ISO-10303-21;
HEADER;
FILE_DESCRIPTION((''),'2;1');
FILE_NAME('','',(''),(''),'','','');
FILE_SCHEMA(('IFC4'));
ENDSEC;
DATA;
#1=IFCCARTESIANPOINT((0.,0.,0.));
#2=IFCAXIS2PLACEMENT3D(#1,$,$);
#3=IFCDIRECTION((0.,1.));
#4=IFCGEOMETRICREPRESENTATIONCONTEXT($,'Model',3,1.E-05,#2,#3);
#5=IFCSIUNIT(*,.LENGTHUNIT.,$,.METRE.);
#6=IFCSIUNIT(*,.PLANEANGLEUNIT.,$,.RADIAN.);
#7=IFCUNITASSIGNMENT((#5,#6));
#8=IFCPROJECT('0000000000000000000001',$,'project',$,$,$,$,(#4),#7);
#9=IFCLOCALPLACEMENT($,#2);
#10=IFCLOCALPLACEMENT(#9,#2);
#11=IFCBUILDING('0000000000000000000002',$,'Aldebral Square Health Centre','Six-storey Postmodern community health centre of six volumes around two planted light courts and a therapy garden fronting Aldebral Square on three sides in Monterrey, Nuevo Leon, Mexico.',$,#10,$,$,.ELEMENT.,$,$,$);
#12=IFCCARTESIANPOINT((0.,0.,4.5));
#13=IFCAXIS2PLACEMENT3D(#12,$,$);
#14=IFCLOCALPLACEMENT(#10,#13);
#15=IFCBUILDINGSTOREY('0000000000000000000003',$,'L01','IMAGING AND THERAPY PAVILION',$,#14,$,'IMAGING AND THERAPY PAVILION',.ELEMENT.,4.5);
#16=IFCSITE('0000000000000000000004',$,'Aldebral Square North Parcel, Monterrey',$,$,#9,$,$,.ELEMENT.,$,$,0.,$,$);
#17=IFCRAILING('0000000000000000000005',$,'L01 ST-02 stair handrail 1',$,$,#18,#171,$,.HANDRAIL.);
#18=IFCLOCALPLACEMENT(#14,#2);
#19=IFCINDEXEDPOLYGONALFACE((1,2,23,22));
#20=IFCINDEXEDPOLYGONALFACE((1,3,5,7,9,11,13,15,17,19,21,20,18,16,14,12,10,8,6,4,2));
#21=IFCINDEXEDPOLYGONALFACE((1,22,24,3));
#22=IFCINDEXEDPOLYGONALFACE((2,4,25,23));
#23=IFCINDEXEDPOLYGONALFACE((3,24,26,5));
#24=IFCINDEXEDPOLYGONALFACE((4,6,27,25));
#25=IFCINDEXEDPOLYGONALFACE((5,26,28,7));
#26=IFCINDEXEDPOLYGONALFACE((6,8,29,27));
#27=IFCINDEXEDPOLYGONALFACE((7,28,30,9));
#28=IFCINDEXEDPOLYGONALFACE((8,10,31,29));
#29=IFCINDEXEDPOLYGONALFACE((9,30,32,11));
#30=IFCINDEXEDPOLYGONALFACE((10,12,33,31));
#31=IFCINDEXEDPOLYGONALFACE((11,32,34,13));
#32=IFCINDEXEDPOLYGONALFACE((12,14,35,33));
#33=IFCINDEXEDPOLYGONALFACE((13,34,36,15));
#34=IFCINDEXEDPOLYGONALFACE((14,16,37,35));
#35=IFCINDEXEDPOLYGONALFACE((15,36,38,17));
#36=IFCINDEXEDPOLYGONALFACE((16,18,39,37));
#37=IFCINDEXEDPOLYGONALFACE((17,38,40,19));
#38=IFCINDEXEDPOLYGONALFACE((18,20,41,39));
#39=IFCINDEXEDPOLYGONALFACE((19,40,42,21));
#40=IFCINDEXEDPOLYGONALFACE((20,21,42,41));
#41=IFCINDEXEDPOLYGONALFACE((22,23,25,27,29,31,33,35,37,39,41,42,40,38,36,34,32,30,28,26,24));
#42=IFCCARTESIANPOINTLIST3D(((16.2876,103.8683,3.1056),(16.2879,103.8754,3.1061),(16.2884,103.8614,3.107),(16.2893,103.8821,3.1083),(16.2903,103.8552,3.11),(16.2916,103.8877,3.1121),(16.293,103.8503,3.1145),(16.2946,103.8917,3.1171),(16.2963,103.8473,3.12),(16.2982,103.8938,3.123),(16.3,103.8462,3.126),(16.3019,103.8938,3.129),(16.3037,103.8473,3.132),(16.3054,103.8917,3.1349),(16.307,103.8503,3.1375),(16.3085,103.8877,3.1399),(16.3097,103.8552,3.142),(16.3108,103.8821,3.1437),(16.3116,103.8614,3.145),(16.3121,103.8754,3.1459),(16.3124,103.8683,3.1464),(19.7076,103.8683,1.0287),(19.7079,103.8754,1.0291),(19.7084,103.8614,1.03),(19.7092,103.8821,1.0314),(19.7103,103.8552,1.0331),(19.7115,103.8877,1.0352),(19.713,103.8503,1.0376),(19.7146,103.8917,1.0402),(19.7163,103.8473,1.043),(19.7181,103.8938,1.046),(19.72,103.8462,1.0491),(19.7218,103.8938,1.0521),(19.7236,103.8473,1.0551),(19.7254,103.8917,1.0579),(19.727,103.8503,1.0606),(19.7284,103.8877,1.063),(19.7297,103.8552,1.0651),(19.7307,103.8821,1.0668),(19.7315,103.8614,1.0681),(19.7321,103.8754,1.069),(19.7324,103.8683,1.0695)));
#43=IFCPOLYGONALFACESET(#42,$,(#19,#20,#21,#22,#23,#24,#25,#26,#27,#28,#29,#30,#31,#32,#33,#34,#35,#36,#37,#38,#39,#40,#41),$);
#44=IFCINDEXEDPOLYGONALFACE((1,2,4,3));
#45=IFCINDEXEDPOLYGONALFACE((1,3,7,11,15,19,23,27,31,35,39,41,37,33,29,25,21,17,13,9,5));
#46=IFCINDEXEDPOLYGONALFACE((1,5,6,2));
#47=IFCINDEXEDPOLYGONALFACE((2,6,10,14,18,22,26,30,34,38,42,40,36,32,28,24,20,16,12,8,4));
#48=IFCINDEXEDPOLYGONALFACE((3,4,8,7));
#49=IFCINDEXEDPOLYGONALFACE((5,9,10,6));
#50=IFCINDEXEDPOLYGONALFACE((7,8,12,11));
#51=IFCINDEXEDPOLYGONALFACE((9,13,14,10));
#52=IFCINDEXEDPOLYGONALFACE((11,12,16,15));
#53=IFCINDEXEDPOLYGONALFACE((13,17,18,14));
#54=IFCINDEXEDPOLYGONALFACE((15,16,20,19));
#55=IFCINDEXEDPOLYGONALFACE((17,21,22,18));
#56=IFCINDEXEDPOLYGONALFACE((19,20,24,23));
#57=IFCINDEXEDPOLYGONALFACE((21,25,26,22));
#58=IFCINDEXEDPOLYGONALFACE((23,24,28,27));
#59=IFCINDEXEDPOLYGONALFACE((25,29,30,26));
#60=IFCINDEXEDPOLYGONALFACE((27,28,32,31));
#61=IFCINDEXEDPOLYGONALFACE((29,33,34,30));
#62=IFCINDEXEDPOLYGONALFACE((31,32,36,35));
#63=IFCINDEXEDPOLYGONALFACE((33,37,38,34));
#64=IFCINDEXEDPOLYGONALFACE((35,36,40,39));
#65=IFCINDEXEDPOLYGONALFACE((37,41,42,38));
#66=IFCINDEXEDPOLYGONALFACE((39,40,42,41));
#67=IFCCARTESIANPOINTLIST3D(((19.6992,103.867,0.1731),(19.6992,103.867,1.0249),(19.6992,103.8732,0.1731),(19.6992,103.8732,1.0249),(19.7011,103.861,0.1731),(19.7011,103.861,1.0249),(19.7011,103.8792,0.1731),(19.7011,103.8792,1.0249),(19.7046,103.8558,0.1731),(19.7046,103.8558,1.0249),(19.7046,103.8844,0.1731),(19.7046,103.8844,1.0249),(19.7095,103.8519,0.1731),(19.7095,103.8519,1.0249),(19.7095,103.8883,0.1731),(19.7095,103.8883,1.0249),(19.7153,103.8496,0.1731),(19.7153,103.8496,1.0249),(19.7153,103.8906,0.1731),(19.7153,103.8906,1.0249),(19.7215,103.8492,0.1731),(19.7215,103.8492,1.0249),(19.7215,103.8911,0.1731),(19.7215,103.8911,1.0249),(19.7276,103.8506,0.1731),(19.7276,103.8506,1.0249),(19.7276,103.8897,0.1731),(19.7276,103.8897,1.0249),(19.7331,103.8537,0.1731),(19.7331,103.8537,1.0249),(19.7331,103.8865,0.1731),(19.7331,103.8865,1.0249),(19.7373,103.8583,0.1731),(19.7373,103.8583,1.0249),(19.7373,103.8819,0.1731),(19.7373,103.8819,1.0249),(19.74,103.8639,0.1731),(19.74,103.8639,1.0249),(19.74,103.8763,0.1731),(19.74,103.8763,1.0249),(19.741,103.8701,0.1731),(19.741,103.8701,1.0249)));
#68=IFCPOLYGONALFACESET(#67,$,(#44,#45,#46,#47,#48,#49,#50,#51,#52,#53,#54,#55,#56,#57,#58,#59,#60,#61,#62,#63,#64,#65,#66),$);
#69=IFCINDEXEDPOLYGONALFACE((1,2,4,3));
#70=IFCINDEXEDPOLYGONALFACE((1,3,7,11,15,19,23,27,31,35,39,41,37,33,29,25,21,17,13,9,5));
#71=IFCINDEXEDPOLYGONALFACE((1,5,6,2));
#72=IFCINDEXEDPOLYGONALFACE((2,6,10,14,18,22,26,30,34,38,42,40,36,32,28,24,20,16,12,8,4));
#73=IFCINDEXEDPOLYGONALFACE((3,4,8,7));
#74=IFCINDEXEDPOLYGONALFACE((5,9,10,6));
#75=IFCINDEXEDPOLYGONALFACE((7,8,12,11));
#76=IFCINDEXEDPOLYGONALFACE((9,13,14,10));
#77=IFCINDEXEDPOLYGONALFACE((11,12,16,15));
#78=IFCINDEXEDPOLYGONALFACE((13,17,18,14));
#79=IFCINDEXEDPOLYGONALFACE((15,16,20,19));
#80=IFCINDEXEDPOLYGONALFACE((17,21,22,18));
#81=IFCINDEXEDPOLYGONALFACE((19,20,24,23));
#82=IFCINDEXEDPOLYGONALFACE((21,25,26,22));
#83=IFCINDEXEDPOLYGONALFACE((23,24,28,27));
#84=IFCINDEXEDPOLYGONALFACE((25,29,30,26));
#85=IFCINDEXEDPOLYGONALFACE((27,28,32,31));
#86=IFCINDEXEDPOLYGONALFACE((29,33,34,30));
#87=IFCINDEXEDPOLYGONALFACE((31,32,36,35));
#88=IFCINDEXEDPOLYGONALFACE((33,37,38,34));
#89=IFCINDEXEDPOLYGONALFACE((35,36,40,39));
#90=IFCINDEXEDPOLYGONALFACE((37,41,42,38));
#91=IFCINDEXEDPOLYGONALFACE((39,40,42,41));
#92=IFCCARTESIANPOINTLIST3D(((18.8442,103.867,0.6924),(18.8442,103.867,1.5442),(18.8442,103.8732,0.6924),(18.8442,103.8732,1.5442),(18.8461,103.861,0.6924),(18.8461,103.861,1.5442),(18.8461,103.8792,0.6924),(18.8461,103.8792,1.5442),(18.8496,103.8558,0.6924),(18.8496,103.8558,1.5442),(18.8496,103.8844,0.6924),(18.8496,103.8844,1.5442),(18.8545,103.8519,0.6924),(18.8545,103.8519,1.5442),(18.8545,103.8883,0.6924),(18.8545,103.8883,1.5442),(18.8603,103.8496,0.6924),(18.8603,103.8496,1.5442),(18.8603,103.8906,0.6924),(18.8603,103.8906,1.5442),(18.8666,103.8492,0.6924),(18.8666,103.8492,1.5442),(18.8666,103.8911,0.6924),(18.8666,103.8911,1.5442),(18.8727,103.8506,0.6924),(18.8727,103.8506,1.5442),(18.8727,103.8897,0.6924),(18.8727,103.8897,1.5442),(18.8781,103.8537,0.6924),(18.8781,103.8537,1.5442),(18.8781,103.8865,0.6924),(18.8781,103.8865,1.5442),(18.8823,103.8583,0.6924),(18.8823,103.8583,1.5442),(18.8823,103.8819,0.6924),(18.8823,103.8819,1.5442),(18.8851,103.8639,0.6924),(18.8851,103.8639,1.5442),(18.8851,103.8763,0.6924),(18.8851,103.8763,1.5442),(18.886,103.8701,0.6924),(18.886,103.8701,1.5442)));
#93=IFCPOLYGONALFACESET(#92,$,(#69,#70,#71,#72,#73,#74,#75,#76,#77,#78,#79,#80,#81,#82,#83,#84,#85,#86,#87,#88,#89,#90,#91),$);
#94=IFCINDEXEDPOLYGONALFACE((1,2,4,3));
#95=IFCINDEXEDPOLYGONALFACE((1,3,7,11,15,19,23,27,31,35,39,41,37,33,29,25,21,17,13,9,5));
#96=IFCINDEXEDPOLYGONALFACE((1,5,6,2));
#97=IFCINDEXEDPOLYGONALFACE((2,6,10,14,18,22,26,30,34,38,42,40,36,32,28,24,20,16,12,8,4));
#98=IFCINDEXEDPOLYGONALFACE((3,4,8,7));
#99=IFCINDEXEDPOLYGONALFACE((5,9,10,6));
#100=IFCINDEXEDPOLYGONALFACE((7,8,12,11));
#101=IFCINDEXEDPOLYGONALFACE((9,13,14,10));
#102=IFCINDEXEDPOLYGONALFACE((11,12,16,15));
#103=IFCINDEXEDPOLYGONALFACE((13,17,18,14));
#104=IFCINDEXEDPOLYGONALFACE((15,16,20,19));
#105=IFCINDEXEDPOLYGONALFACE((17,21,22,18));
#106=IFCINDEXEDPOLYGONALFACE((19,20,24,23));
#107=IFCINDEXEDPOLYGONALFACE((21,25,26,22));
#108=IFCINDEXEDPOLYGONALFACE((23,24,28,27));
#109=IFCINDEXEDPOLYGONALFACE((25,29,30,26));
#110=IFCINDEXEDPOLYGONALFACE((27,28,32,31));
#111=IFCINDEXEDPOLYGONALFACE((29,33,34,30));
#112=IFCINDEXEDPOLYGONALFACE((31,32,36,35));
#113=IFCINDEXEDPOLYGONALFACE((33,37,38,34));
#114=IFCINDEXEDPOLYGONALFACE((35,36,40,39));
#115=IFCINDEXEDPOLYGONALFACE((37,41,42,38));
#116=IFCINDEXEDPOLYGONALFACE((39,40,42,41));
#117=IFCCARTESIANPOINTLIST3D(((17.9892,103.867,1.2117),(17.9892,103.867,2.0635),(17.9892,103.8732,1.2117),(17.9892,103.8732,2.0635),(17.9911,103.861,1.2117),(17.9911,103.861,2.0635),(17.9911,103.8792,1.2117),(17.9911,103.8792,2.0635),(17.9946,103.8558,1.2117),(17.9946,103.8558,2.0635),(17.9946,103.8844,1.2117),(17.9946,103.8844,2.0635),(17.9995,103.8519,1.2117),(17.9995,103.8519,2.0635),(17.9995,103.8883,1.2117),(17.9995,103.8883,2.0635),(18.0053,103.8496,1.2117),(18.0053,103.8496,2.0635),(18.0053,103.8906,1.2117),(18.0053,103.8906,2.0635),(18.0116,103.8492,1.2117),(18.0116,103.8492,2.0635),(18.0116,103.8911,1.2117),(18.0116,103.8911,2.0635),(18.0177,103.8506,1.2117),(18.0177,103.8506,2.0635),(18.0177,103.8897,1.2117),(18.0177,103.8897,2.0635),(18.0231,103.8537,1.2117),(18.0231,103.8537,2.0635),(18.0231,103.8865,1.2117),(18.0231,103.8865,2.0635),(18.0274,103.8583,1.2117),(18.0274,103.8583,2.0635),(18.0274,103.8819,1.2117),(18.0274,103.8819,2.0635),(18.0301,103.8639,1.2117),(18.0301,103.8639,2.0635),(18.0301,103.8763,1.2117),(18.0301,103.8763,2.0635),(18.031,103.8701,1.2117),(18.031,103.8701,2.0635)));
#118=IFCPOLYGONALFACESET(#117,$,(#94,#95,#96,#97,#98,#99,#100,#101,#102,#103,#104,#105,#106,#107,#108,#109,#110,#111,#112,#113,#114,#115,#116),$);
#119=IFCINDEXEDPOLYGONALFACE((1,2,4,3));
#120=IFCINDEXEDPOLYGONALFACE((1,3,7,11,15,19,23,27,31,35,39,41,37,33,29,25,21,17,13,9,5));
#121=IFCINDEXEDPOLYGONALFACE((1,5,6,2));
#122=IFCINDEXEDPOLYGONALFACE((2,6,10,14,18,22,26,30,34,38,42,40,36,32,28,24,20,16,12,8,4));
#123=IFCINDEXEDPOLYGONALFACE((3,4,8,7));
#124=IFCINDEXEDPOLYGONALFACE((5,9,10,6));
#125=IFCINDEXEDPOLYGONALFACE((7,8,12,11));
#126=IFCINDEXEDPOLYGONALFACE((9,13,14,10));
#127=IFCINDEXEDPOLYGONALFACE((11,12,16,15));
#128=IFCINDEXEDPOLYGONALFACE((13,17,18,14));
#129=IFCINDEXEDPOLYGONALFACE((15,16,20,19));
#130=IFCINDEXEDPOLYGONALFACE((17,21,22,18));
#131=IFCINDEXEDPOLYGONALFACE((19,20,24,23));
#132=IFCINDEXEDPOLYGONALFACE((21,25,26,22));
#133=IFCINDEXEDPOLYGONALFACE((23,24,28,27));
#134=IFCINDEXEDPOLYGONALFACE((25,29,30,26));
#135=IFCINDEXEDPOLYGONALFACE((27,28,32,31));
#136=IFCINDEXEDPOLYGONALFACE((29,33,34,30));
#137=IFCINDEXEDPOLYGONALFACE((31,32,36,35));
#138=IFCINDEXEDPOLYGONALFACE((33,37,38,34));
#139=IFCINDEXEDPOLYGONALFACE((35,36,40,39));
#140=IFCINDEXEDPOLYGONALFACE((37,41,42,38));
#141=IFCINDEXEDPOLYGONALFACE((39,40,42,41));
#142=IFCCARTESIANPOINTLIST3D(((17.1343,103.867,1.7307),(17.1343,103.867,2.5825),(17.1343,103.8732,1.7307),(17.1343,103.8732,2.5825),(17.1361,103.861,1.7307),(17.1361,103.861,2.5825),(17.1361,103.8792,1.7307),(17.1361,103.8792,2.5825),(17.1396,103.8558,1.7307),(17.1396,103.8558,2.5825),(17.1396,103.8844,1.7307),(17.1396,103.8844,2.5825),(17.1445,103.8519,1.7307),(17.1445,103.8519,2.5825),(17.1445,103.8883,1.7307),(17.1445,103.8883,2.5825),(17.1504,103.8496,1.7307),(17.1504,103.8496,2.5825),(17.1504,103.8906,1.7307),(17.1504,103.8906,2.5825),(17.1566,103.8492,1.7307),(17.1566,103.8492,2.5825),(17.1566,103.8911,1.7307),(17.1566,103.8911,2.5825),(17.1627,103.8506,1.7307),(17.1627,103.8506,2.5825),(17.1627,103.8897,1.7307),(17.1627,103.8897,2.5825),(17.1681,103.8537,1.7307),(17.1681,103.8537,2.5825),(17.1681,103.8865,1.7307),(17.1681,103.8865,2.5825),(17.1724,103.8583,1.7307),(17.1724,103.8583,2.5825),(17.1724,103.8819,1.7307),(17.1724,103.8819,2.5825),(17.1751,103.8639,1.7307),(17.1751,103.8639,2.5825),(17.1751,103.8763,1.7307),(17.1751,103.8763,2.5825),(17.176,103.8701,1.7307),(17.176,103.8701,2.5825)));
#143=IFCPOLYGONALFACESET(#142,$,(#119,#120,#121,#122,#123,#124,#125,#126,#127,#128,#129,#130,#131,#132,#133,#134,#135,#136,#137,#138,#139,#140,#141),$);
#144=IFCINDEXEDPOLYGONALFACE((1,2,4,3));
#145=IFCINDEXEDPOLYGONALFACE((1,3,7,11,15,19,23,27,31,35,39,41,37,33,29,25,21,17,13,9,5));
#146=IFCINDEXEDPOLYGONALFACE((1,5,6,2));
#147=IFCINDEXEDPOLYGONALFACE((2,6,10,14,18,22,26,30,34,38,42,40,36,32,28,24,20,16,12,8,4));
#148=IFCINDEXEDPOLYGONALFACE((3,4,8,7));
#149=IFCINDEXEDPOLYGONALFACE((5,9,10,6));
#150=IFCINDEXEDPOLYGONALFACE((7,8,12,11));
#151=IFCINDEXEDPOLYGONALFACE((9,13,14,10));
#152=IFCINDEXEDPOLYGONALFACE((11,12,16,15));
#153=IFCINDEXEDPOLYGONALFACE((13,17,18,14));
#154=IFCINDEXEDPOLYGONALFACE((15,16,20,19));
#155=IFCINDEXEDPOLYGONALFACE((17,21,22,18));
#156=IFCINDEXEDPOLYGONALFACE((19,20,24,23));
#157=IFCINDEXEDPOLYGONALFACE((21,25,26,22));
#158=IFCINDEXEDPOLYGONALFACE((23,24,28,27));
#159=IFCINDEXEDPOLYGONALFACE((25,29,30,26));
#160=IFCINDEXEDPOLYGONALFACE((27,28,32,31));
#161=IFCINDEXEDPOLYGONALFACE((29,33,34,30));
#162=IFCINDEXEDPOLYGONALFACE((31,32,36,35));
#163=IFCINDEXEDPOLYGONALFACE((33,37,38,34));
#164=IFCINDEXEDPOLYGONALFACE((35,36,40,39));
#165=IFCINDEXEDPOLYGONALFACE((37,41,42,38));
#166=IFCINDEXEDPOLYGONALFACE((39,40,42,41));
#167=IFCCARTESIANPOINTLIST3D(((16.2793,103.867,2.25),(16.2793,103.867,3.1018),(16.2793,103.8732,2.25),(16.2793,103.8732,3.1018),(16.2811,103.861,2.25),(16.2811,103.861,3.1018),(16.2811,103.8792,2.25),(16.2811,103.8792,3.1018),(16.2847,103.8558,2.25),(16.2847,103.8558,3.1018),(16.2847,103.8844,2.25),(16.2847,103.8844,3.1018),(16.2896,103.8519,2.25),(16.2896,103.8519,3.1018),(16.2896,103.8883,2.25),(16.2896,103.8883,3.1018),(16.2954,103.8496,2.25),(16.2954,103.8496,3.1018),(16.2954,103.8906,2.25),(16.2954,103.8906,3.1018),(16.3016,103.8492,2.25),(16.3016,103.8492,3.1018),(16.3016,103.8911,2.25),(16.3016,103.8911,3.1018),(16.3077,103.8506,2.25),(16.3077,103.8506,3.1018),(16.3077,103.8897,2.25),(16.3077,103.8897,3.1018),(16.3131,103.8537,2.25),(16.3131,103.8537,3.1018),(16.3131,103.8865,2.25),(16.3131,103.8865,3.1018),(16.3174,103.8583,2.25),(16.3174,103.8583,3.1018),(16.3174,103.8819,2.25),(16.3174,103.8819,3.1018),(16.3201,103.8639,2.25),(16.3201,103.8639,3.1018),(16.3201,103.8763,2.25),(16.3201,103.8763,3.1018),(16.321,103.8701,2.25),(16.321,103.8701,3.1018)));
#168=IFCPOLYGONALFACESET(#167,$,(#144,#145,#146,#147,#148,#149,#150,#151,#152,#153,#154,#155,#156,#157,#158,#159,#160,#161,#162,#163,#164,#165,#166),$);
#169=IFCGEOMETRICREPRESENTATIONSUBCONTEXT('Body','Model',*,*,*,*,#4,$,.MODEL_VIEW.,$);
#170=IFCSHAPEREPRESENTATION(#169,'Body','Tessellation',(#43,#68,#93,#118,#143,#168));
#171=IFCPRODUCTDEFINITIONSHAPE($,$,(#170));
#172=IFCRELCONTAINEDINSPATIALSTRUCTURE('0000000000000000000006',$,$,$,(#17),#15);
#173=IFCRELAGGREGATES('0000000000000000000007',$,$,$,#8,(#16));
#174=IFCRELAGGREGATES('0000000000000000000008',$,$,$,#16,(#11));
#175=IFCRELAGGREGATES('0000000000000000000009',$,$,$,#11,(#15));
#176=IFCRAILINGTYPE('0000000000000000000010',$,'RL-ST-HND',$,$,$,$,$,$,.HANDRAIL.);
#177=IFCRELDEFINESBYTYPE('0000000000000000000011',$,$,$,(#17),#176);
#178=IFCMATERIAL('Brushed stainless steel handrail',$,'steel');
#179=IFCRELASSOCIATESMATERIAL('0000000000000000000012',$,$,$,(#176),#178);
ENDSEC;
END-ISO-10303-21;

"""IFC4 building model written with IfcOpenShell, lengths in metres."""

from ifc_helpers import new_model, si_unit, direction, frame, origin, origin_2d, place, context, subcontext, project, spatial, circle, extrude, material, type_object, element, save


model = new_model("IFC4")

# Units and contexts
model_context = context("Model", 3, precision=1e-05, world=origin(), true_north=direction((0.0, 1.0)))
body_context = subcontext(model_context, "Body", "Model", "MODEL_VIEW")
ifc_project = project(units=[si_unit("LENGTHUNIT", "METRE"), si_unit("PLANEANGLEUNIT", "RADIAN")], contexts=[model_context])

# Site, building, storey
site_placement = place(None, origin())
site = spatial("IfcSite", under=ifc_project, at=site_placement, Name="Aldebral Square North Parcel, Monterrey", CompositionType="ELEMENT", RefElevation=0.0)
building_placement = place(site_placement, origin())
building = spatial("IfcBuilding", under=site, at=building_placement, Name="Aldebral Square Health Centre", Description="Six-storey Postmodern community health centre of six volumes around two planted light courts and a therapy garden fronting Aldebral Square on three sides in Monterrey, Nuevo Leon, Mexico.", CompositionType="ELEMENT")
storey_placement = place(building_placement, frame((0.0, 0.0, 4.5)))
storey = spatial("IfcBuildingStorey", under=building, at=storey_placement, Name="L01", Description="IMAGING AND THERAPY PAVILION", LongName="IMAGING AND THERAPY PAVILION", CompositionType="ELEMENT", Elevation=4.5)

# Railing
ifc_material_1 = material(Name="Brushed stainless steel handrail", Category="steel")
railing_type_1 = type_object("IfcRailingType", Name="RL-ST-HND", PredefinedType="HANDRAIL", material=ifc_material_1)
railing_1_placement = place(storey_placement, frame((19.72, 103.8701, 0.1731)))
element("IfcRailing", 1, at=railing_1_placement, inside=storey, type_object=railing_type_1, Name="L01 ST-02 stair handrail 1", PredefinedType="HANDRAIL", context=body_context, shape_type="SweptSolid", body=[
    extrude(circle(Radius=0.0239, at=origin_2d()), frame((0.0, 0.0, 0.876), z_axis=(-0.85473, 0.0, 0.519074), x_axis=(0.0, -1.0, 0.0)), (0.0, 0.0, 1.0), 4.0012),
    extrude(circle(Radius=0.021, at=origin_2d()), origin(), (0.0, 0.0, 1.0), 0.8518),
    extrude(circle(Radius=0.021, at=origin_2d()), frame((-0.855, 0.0, 0.5193)), (0.0, 0.0, 1.0), 0.8518),
    extrude(circle(Radius=0.021, at=origin_2d()), frame((-1.71, 0.0, 1.0386)), (0.0, 0.0, 1.0), 0.8518),
    extrude(circle(Radius=0.021, at=origin_2d()), frame((-2.5649, 0.0, 1.5576)), (0.0, 0.0, 1.0), 0.8518),
    extrude(circle(Radius=0.021, at=origin_2d()), frame((-3.4199, 0.0, 2.0769)), (0.0, 0.0, 1.0), 0.8518),
])

save(model, "model.ifc")
